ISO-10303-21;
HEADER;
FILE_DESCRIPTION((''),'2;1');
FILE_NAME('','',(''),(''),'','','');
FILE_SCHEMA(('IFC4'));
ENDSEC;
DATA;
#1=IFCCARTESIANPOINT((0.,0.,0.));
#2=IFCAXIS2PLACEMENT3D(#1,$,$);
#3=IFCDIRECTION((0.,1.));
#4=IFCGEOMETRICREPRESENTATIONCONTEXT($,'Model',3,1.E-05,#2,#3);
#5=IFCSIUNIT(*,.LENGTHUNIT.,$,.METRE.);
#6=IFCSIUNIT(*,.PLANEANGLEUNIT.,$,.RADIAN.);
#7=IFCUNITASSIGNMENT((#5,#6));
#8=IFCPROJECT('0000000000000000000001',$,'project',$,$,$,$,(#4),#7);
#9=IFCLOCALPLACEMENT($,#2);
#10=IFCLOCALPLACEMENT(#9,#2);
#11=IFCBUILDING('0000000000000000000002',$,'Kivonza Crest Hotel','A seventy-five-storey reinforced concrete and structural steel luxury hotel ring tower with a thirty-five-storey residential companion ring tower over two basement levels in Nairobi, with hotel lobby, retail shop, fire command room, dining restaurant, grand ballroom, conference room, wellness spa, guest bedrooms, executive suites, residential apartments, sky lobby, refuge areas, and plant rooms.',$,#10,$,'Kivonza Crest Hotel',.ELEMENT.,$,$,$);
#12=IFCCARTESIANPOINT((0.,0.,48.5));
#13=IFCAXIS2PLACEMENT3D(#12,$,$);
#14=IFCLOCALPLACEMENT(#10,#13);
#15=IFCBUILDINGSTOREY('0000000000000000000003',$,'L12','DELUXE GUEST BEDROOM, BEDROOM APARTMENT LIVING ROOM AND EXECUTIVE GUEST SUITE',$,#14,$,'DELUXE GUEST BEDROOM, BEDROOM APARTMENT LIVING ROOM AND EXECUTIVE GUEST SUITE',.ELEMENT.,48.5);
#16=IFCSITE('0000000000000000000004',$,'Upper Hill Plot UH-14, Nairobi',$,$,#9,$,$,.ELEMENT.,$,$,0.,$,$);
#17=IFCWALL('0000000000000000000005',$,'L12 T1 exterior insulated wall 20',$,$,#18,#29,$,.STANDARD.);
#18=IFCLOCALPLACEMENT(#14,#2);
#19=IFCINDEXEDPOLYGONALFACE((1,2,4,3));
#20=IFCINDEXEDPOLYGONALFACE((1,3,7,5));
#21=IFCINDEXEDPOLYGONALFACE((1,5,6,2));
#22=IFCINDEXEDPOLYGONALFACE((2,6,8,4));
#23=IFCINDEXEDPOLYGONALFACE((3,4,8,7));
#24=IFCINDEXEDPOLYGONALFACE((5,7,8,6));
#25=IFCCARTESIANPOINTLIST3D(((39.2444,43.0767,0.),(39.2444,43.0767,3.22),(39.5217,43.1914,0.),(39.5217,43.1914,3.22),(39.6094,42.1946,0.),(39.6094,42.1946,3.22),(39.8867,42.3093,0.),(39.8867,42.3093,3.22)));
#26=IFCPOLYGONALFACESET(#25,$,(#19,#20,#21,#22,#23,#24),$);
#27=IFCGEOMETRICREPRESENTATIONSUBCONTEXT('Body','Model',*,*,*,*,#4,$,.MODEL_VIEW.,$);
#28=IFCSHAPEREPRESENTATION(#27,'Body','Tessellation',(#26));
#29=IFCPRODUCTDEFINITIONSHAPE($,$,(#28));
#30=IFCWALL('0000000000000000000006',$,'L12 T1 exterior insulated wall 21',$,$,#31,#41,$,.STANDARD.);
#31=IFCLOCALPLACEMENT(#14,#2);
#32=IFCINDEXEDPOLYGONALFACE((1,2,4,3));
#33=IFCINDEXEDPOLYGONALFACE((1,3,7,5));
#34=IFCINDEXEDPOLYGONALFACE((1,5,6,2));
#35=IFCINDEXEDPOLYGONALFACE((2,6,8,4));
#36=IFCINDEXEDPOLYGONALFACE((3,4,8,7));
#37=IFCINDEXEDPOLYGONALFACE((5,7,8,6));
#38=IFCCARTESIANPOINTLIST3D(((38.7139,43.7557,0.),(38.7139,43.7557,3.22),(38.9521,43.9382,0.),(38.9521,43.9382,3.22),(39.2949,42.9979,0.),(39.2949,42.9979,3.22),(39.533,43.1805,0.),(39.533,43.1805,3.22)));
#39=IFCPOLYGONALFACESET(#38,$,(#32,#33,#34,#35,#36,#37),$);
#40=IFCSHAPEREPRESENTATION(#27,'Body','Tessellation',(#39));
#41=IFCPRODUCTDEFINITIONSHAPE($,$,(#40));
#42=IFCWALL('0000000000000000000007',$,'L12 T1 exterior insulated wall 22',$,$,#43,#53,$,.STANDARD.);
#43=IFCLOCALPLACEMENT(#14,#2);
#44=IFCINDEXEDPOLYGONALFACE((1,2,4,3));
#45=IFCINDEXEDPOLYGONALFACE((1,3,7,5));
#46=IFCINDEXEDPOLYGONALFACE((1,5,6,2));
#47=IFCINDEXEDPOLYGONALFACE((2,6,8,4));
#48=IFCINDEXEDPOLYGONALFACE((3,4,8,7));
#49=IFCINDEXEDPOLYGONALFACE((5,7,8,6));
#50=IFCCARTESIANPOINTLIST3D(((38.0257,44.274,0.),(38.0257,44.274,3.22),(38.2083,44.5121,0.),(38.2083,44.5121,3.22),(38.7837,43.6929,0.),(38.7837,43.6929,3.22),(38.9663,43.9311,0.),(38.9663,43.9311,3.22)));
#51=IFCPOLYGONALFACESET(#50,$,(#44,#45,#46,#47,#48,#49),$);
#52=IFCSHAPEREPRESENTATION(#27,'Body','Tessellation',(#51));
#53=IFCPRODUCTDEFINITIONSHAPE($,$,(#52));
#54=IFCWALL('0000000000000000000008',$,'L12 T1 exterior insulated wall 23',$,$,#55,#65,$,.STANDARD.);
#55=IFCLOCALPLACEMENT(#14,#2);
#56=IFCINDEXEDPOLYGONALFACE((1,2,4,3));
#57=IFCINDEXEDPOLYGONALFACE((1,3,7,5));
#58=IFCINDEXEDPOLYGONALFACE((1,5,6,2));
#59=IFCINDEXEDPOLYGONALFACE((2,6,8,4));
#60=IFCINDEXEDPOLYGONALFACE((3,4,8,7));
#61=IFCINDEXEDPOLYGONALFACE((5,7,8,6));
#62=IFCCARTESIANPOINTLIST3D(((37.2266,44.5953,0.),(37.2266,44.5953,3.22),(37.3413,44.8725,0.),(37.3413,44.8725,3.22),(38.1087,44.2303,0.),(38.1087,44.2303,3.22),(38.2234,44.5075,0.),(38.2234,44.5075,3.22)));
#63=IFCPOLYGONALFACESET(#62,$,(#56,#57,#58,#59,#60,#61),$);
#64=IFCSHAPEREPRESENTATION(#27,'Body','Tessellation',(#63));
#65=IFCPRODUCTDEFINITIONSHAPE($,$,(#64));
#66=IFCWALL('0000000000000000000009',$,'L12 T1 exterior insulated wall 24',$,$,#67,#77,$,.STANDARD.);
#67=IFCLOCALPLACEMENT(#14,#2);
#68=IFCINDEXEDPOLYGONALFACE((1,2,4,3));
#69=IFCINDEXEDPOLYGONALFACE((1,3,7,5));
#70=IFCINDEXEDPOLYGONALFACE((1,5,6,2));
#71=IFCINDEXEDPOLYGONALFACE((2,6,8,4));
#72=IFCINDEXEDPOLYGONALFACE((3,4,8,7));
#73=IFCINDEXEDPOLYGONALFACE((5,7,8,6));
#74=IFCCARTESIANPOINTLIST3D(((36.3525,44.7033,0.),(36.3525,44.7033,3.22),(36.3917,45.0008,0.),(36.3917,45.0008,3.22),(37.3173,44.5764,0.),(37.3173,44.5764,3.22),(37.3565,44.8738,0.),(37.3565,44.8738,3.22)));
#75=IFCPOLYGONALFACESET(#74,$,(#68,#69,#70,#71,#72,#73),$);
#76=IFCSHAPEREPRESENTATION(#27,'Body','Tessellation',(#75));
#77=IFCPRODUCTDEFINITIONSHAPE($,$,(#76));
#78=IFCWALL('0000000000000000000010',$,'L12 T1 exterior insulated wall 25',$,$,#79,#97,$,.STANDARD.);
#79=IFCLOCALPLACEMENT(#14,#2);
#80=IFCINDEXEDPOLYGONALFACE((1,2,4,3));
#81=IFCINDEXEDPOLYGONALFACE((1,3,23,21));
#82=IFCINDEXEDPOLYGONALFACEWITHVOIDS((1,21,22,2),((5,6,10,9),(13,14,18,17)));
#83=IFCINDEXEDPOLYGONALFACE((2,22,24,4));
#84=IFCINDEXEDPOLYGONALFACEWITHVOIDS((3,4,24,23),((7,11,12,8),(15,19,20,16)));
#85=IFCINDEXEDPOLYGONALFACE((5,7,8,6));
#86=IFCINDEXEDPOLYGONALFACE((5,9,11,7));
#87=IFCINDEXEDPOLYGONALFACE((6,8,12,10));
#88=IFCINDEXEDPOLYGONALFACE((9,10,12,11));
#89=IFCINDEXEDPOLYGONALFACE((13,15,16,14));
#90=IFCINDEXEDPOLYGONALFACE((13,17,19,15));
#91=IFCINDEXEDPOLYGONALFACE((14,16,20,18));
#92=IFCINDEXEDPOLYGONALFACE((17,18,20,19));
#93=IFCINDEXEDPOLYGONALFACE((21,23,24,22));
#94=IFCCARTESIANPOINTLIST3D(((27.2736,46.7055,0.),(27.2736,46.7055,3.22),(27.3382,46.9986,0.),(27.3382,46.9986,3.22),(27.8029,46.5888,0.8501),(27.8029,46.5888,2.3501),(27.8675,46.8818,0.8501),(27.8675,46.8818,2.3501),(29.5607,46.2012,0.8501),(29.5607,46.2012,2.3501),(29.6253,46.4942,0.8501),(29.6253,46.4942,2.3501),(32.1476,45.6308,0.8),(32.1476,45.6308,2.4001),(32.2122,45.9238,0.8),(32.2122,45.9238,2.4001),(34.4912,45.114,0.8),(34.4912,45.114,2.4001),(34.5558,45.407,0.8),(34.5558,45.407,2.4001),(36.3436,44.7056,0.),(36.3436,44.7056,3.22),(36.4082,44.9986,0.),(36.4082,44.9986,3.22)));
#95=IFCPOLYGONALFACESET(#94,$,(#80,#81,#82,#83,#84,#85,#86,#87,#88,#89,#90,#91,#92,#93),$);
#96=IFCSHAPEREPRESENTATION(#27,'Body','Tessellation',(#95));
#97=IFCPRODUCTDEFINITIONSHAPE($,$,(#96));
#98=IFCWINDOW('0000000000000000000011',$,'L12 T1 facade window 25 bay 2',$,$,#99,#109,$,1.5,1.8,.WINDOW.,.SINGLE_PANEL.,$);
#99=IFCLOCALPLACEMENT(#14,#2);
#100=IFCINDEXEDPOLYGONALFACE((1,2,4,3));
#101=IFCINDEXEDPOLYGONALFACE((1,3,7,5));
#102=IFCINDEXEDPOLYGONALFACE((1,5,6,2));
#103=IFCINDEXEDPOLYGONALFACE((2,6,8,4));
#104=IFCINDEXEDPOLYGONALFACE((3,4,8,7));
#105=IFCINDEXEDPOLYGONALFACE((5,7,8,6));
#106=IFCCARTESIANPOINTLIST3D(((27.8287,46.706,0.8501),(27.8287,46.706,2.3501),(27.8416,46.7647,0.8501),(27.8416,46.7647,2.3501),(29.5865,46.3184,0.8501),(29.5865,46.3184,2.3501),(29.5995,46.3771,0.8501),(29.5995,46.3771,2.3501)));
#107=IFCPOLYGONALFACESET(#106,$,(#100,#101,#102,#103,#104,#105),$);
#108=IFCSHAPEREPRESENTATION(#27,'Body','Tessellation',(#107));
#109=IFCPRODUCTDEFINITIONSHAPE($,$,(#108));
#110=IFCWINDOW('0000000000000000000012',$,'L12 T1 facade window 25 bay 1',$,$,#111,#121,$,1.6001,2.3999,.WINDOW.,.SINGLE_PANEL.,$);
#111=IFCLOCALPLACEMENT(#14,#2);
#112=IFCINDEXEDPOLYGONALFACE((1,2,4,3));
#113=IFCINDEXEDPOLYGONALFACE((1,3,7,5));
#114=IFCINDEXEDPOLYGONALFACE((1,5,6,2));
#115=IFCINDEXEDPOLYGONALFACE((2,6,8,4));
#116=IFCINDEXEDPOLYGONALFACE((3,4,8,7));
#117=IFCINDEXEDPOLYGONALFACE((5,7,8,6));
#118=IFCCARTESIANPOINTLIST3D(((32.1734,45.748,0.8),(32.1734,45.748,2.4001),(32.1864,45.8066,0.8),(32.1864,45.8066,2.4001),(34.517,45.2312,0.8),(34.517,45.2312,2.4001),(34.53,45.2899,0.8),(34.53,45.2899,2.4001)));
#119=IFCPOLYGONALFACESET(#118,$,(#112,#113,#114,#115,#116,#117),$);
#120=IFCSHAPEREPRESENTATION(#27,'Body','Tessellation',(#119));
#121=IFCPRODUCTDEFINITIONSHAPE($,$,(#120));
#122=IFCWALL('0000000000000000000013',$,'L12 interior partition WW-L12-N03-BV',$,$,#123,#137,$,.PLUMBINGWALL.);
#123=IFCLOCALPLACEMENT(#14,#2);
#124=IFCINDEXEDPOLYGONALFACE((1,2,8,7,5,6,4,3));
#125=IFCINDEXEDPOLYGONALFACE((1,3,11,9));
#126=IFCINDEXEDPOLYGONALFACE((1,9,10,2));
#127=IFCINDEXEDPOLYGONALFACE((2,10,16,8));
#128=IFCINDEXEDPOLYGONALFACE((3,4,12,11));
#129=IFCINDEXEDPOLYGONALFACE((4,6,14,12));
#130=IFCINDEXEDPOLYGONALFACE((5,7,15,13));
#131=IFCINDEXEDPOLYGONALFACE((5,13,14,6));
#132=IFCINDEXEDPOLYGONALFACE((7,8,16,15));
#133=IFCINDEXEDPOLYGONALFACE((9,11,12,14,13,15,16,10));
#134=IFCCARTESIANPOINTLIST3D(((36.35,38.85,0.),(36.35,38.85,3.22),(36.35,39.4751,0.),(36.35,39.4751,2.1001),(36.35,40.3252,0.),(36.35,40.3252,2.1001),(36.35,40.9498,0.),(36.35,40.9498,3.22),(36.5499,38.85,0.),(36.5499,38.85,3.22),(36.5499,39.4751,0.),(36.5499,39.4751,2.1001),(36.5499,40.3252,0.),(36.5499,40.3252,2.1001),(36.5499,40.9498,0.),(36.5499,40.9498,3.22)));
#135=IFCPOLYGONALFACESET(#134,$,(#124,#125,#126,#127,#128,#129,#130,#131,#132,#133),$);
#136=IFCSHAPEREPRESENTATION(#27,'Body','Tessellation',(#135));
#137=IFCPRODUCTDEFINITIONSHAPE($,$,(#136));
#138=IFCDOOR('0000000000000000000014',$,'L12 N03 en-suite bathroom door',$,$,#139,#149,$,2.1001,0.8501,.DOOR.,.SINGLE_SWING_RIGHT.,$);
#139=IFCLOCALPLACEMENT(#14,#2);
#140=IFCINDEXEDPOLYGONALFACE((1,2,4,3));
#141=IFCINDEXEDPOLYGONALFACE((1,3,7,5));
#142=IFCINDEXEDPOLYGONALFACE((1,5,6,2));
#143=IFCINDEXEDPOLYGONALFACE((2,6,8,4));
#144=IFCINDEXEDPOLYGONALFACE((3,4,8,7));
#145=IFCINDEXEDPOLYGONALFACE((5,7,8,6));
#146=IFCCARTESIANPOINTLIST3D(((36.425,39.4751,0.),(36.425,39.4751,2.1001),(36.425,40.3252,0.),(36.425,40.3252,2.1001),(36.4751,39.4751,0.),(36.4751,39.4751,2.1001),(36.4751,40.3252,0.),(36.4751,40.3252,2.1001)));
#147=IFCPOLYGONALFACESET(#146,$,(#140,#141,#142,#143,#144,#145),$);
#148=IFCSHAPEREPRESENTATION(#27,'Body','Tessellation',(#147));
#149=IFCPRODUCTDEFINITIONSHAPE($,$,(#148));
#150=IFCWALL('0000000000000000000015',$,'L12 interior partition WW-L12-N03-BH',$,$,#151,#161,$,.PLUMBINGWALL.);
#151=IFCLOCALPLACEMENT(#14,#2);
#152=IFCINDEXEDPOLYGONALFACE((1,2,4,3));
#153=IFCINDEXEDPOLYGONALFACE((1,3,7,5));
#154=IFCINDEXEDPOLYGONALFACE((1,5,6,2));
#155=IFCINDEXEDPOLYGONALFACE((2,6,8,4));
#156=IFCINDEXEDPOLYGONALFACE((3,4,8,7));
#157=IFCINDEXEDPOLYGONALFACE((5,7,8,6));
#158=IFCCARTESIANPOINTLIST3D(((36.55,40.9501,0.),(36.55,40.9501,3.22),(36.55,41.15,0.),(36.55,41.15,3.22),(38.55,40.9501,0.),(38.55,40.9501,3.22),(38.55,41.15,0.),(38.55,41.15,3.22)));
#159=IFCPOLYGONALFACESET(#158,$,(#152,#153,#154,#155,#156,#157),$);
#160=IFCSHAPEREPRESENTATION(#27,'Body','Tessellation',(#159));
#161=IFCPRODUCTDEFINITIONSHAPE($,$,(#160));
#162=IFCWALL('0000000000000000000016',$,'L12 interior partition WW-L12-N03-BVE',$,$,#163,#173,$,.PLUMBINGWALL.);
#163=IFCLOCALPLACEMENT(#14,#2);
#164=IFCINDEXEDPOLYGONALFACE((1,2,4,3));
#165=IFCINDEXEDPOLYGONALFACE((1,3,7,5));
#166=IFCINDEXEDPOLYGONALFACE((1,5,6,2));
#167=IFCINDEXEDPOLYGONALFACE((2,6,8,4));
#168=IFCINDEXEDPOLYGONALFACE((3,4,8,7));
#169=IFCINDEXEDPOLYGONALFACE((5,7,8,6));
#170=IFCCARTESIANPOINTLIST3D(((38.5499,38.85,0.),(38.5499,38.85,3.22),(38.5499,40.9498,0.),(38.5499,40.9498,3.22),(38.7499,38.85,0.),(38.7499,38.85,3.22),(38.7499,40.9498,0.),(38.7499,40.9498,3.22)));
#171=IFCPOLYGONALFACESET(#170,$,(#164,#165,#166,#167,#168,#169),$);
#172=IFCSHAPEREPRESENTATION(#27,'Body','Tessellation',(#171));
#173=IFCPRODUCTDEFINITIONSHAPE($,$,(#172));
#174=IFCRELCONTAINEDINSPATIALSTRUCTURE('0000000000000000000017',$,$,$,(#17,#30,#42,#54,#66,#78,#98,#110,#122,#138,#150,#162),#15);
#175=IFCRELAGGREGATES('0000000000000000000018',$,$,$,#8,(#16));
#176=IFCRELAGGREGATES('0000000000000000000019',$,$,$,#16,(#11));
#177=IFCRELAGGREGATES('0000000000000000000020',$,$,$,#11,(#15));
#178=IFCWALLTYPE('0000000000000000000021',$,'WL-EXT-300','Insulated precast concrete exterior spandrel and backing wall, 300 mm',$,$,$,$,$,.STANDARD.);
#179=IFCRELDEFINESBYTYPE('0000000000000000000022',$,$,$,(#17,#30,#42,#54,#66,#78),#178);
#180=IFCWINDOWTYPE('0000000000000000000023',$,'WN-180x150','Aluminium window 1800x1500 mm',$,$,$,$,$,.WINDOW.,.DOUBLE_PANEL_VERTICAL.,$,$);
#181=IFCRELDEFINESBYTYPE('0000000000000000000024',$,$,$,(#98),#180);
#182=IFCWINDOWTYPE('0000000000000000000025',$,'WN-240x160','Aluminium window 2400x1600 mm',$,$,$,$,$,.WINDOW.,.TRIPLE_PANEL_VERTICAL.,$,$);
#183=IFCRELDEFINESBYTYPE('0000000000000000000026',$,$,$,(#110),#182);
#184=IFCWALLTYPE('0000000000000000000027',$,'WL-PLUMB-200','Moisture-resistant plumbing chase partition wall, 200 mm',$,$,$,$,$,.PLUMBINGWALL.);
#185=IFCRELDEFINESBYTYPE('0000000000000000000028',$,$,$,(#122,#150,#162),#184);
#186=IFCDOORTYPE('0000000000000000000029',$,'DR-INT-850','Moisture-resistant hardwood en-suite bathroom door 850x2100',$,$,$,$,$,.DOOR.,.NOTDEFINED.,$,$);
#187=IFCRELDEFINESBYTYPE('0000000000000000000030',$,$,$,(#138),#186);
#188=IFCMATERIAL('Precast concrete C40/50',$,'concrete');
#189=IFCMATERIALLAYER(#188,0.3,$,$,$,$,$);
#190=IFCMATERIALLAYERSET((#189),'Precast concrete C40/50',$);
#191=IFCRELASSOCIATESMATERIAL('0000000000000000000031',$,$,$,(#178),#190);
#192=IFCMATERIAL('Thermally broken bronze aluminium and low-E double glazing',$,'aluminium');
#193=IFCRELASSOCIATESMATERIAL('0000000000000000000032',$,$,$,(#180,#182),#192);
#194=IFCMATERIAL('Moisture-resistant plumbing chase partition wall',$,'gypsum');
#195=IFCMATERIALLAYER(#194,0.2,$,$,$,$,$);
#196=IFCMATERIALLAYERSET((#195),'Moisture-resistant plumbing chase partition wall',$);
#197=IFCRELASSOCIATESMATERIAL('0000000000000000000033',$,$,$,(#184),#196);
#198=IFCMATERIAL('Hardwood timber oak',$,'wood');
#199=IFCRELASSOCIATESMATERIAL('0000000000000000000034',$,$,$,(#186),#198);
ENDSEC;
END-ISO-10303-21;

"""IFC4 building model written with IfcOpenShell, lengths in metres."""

from ifc_helpers import new_model, si_unit, direction, frame, frame_2d, origin, place, context, subcontext, project, spatial, rectangle, extrude, material, layer, layer_set, type_object, element, fill, save


model = new_model("IFC4")

# Units and contexts
model_context = context("Model", 3, precision=1e-05, world=origin(), true_north=direction((0.0, 1.0)))
body_context = subcontext(model_context, "Body", "Model", "MODEL_VIEW")
ifc_project = project(units=[si_unit("LENGTHUNIT", "METRE"), si_unit("PLANEANGLEUNIT", "RADIAN")], contexts=[model_context])

# Site, building, storey
site_placement = place(None, origin())
site = spatial("IfcSite", under=ifc_project, at=site_placement, Name="Upper Hill Plot UH-14, Nairobi", CompositionType="ELEMENT", RefElevation=0.0)
building_placement = place(site_placement, origin())
building = spatial("IfcBuilding", under=site, at=building_placement, Name="Kivonza Crest Hotel", Description="A seventy-five-storey reinforced concrete and structural steel luxury hotel ring tower with a thirty-five-storey residential companion ring tower over two basement levels in Nairobi, with hotel lobby, retail shop, fire command room, dining restaurant, grand ballroom, conference room, wellness spa, guest bedrooms, executive suites, residential apartments, sky lobby, refuge areas, and plant rooms.", LongName="Kivonza Crest Hotel", CompositionType="ELEMENT")
storey_placement = place(building_placement, frame((0.0, 0.0, 48.5)))
storey = spatial("IfcBuildingStorey", under=building, at=storey_placement, Name="L12", Description="DELUXE GUEST BEDROOM, BEDROOM APARTMENT LIVING ROOM AND EXECUTIVE GUEST SUITE", LongName="DELUXE GUEST BEDROOM, BEDROOM APARTMENT LIVING ROOM AND EXECUTIVE GUEST SUITE", CompositionType="ELEMENT", Elevation=48.5)

# Shared definitions
ifc_material_1 = material(Name="Hardwood timber oak", Category="wood")

# Walls
ifc_material_2 = material(Name="Precast concrete C40/50", Category="concrete")
ifc_layer_1 = layer(ifc_material_2, 0.3)
ifc_layer_set_1 = layer_set([ifc_layer_1], Name="Precast concrete C40/50")
wall_type_1 = type_object("IfcWallType", Name="WL-EXT-300", Description="Insulated precast concrete exterior spandrel and backing wall, 300 mm", PredefinedType="STANDARD", material=ifc_layer_set_1)
wall_1_placement = place(storey_placement, frame((39.748, 42.252, 0.0), z_axis=(0.0, 0.0, 1.0), x_axis=(-0.382344, 0.92402, 0.0)))
element("IfcWall", 1, at=wall_1_placement, inside=storey, type_object=wall_type_1, Name="L12 T1 exterior insulated wall 20", PredefinedType="STANDARD", context=body_context, shape_type="SweptSolid", body=[
    extrude(rectangle(XDim=0.9546, YDim=0.3, at=frame_2d((0.4773, 0.0))), origin(), (0.0, 0.0, 1.0), 3.22),
])
wall_2_placement = place(storey_placement, frame((39.4141, 43.0891, 0.0), z_axis=(0.0, 0.0, 1.0), x_axis=(-0.608474, 0.793573, 0.0)))
element("IfcWall", 2, at=wall_2_placement, inside=storey, type_object=wall_type_1, Name="L12 T1 exterior insulated wall 21", PredefinedType="STANDARD", context=body_context, shape_type="SweptSolid", body=[
    extrude(rectangle(XDim=0.9548, YDim=0.3, at=frame_2d((0.4775, 0.0))), origin(), (0.0, 0.0, 1.0), 3.22),
])
wall_3_placement = place(storey_placement, frame((38.875, 43.812, 0.0), z_axis=(0.0, 0.0, 1.0), x_axis=(-0.793668, 0.608351, 0.0)))
element("IfcWall", 3, at=wall_3_placement, inside=storey, type_object=wall_type_1, Name="L12 T1 exterior insulated wall 22", PredefinedType="STANDARD", context=body_context, shape_type="SweptSolid", body=[
    extrude(rectangle(XDim=0.9551, YDim=0.3, at=frame_2d((0.4775, 0.0))), origin(), (0.0, 0.0, 1.0), 3.22),
])
wall_4_placement = place(storey_placement, frame((38.166, 44.3689, 0.0), z_axis=(0.0, 0.0, 1.0), x_axis=(-0.92402, 0.382344, 0.0)))
element("IfcWall", 4, at=wall_4_placement, inside=storey, type_object=wall_type_1, Name="L12 T1 exterior insulated wall 23", PredefinedType="STANDARD", context=body_context, shape_type="SweptSolid", body=[
    extrude(rectangle(XDim=0.9546, YDim=0.3, at=frame_2d((0.4773, 0.0))), origin(), (0.0, 0.0, 1.0), 3.22),
])
wall_5_placement = place(storey_placement, frame((37.3369, 44.7251, 0.0), z_axis=(0.0, 0.0, 1.0), x_axis=(-0.991454, 0.130455, 0.0)))
element("IfcWall", 5, at=wall_5_placement, inside=storey, type_object=wall_type_1, Name="L12 T1 exterior insulated wall 24", PredefinedType="STANDARD", context=body_context, shape_type="SweptSolid", body=[
    extrude(rectangle(XDim=0.9731, YDim=0.3, at=frame_2d((0.4866, 0.0))), origin(), (0.0, 0.0, 1.0), 3.22),
])

# Wall, openings, windows
wall_6_placement = place(storey_placement, frame((36.376, 44.8521, 0.0), z_axis=(0.0, 0.0, 1.0), x_axis=(-0.976541, 0.215333, 0.0)))
wall_6 = element("IfcWall", 6, at=wall_6_placement, inside=storey, type_object=wall_type_1, Name="L12 T1 exterior insulated wall 25", PredefinedType="STANDARD", context=body_context, shape_type="SweptSolid", body=[
    extrude(rectangle(XDim=9.2878, YDim=0.3, at=frame_2d((4.644, 0.0))), origin(), (0.0, 0.0, 1.0), 3.22),
])
opening_1_placement = place(wall_6_placement, frame((1.897, 0.0, 0.8)))
opening_1 = element("IfcOpeningElement", 7, at=opening_1_placement, cuts=wall_6, PredefinedType="OPENING", context=body_context, shape_type="SweptSolid", body=[
    extrude(rectangle(XDim=2.3999, YDim=1.6001, at=frame_2d((1.2, 0.8))), frame((0.0, 0.1602, 0.0), z_axis=(0.0, -1.0, 0.0), x_axis=(1.0, 0.0, 0.0)), (0.0, 0.0, 1.0), 0.3201),
])
opening_2_placement = place(wall_6_placement, frame((6.946, 0.0, 0.8501)))
opening_2 = element("IfcOpeningElement", 8, at=opening_2_placement, cuts=wall_6, PredefinedType="OPENING", context=body_context, shape_type="SweptSolid", body=[
    extrude(rectangle(XDim=1.8, YDim=1.5, at=frame_2d((0.8999, 0.75))), frame((0.0, 0.1602, 0.0), z_axis=(0.0, -1.0, 0.0), x_axis=(1.0, 0.0, 0.0)), (0.0, 0.0, 1.0), 0.3201),
])
ifc_material_3 = material(Name="Thermally broken bronze aluminium and low-E double glazing", Category="aluminium")
window_type_1 = type_object("IfcWindowType", Name="WN-180x150", Description="Aluminium window 1800x1500 mm", PartitioningType="DOUBLE_PANEL_VERTICAL", PredefinedType="WINDOW", material=ifc_material_3)
window_1_placement = place(opening_2_placement, origin())
window_1 = element("IfcWindow", 9, at=window_1_placement, inside=storey, type_object=window_type_1, Name="L12 T1 facade window 25 bay 2", OverallHeight=1.5, OverallWidth=1.8, PartitioningType="SINGLE_PANEL", PredefinedType="WINDOW", context=body_context, shape_type="SweptSolid", body=[
    extrude(rectangle(XDim=1.8, YDim=1.5, at=frame_2d((0.8999, 0.75))), frame((0.0, 0.03, 0.0), z_axis=(0.0, -1.0, 0.0), x_axis=(1.0, 0.0, 0.0)), (0.0, 0.0, 1.0), 0.0601),
])
fill(opening_2, window_1)
window_type_2 = type_object("IfcWindowType", Name="WN-240x160", Description="Aluminium window 2400x1600 mm", PartitioningType="TRIPLE_PANEL_VERTICAL", PredefinedType="WINDOW", material=ifc_material_3)
window_2_placement = place(opening_1_placement, origin())
window_2 = element("IfcWindow", 10, at=window_2_placement, inside=storey, type_object=window_type_2, Name="L12 T1 facade window 25 bay 1", OverallHeight=1.6001, OverallWidth=2.3999, PartitioningType="SINGLE_PANEL", PredefinedType="WINDOW", context=body_context, shape_type="SweptSolid", body=[
    extrude(rectangle(XDim=2.3999, YDim=1.6001, at=frame_2d((1.2, 0.8))), frame((0.0, 0.03, 0.0), z_axis=(0.0, -1.0, 0.0), x_axis=(1.0, 0.0, 0.0)), (0.0, 0.0, 1.0), 0.0601),
])
fill(opening_1, window_2)

# Wall, opening, door
ifc_material_4 = material(Name="Moisture-resistant plumbing chase partition wall", Category="gypsum")
ifc_layer_2 = layer(ifc_material_4, 0.2)
ifc_layer_set_2 = layer_set([ifc_layer_2], Name="Moisture-resistant plumbing chase partition wall")
wall_type_2 = type_object("IfcWallType", Name="WL-PLUMB-200", Description="Moisture-resistant plumbing chase partition wall, 200 mm", PredefinedType="PLUMBINGWALL", material=ifc_layer_set_2)
wall_7_placement = place(storey_placement, frame((36.45, 38.8501, 0.0), z_axis=(0.0, 0.0, 1.0), x_axis=(0.0, 1.0, 0.0)))
wall_7 = element("IfcWall", 11, at=wall_7_placement, inside=storey, type_object=wall_type_2, Name="L12 interior partition WW-L12-N03-BV", PredefinedType="PLUMBINGWALL", context=body_context, shape_type="SweptSolid", body=[
    extrude(rectangle(XDim=2.0999, YDim=0.2, at=frame_2d((1.0498, 0.0))), origin(), (0.0, 0.0, 1.0), 3.22),
])
opening_3_placement = place(wall_7_placement, frame((0.625, 0.0, 0.0)))
opening_3 = element("IfcOpeningElement", 12, at=opening_3_placement, cuts=wall_7, PredefinedType="OPENING", context=body_context, shape_type="SweptSolid", body=[
    extrude(rectangle(XDim=0.8501, YDim=2.1001, at=frame_2d((0.425, 1.05))), frame((0.0, 0.1099, 0.0), z_axis=(0.0, -1.0, 0.0), x_axis=(1.0, 0.0, 0.0)), (0.0, 0.0, 1.0), 0.22),
])
door_type_1 = type_object("IfcDoorType", Name="DR-INT-850", Description="Moisture-resistant hardwood en-suite bathroom door 850x2100", OperationType="NOTDEFINED", PredefinedType="DOOR", material=ifc_material_1)
door_1_placement = place(opening_3_placement, origin())
door_1 = element("IfcDoor", 13, at=door_1_placement, inside=storey, type_object=door_type_1, Name="L12 N03 en-suite bathroom door", OperationType="SINGLE_SWING_RIGHT", OverallHeight=2.1001, OverallWidth=0.8501, PredefinedType="DOOR", context=body_context, shape_type="SweptSolid", body=[
    extrude(rectangle(XDim=0.8501, YDim=2.1001, at=frame_2d((0.425, 1.05))), frame((0.0, 0.0249, 0.0), z_axis=(0.0, -1.0, 0.0), x_axis=(1.0, 0.0, 0.0)), (0.0, 0.0, 1.0), 0.05),
])
fill(opening_3, door_1)

# Walls
wall_8_placement = place(storey_placement, frame((36.55, 41.05, 0.0), z_axis=(0.0, 0.0, 1.0), x_axis=(1.0, 0.0, 0.0)))
element("IfcWall", 14, at=wall_8_placement, inside=storey, type_object=wall_type_2, Name="L12 interior partition WW-L12-N03-BH", PredefinedType="PLUMBINGWALL", context=body_context, shape_type="SweptSolid", body=[
    extrude(rectangle(XDim=2.0, YDim=0.2, at=frame_2d((1.0, 0.0))), origin(), (0.0, 0.0, 1.0), 3.22),
])
wall_9_placement = place(storey_placement, frame((38.6499, 38.8501, 0.0), z_axis=(0.0, 0.0, 1.0), x_axis=(0.0, 1.0, 0.0)))
element("IfcWall", 15, at=wall_9_placement, inside=storey, type_object=wall_type_2, Name="L12 interior partition WW-L12-N03-BVE", PredefinedType="PLUMBINGWALL", context=body_context, shape_type="SweptSolid", body=[
    extrude(rectangle(XDim=2.0999, YDim=0.2, at=frame_2d((1.0498, 0.0))), origin(), (0.0, 0.0, 1.0), 3.22),
])

save(model, "model.ifc")
